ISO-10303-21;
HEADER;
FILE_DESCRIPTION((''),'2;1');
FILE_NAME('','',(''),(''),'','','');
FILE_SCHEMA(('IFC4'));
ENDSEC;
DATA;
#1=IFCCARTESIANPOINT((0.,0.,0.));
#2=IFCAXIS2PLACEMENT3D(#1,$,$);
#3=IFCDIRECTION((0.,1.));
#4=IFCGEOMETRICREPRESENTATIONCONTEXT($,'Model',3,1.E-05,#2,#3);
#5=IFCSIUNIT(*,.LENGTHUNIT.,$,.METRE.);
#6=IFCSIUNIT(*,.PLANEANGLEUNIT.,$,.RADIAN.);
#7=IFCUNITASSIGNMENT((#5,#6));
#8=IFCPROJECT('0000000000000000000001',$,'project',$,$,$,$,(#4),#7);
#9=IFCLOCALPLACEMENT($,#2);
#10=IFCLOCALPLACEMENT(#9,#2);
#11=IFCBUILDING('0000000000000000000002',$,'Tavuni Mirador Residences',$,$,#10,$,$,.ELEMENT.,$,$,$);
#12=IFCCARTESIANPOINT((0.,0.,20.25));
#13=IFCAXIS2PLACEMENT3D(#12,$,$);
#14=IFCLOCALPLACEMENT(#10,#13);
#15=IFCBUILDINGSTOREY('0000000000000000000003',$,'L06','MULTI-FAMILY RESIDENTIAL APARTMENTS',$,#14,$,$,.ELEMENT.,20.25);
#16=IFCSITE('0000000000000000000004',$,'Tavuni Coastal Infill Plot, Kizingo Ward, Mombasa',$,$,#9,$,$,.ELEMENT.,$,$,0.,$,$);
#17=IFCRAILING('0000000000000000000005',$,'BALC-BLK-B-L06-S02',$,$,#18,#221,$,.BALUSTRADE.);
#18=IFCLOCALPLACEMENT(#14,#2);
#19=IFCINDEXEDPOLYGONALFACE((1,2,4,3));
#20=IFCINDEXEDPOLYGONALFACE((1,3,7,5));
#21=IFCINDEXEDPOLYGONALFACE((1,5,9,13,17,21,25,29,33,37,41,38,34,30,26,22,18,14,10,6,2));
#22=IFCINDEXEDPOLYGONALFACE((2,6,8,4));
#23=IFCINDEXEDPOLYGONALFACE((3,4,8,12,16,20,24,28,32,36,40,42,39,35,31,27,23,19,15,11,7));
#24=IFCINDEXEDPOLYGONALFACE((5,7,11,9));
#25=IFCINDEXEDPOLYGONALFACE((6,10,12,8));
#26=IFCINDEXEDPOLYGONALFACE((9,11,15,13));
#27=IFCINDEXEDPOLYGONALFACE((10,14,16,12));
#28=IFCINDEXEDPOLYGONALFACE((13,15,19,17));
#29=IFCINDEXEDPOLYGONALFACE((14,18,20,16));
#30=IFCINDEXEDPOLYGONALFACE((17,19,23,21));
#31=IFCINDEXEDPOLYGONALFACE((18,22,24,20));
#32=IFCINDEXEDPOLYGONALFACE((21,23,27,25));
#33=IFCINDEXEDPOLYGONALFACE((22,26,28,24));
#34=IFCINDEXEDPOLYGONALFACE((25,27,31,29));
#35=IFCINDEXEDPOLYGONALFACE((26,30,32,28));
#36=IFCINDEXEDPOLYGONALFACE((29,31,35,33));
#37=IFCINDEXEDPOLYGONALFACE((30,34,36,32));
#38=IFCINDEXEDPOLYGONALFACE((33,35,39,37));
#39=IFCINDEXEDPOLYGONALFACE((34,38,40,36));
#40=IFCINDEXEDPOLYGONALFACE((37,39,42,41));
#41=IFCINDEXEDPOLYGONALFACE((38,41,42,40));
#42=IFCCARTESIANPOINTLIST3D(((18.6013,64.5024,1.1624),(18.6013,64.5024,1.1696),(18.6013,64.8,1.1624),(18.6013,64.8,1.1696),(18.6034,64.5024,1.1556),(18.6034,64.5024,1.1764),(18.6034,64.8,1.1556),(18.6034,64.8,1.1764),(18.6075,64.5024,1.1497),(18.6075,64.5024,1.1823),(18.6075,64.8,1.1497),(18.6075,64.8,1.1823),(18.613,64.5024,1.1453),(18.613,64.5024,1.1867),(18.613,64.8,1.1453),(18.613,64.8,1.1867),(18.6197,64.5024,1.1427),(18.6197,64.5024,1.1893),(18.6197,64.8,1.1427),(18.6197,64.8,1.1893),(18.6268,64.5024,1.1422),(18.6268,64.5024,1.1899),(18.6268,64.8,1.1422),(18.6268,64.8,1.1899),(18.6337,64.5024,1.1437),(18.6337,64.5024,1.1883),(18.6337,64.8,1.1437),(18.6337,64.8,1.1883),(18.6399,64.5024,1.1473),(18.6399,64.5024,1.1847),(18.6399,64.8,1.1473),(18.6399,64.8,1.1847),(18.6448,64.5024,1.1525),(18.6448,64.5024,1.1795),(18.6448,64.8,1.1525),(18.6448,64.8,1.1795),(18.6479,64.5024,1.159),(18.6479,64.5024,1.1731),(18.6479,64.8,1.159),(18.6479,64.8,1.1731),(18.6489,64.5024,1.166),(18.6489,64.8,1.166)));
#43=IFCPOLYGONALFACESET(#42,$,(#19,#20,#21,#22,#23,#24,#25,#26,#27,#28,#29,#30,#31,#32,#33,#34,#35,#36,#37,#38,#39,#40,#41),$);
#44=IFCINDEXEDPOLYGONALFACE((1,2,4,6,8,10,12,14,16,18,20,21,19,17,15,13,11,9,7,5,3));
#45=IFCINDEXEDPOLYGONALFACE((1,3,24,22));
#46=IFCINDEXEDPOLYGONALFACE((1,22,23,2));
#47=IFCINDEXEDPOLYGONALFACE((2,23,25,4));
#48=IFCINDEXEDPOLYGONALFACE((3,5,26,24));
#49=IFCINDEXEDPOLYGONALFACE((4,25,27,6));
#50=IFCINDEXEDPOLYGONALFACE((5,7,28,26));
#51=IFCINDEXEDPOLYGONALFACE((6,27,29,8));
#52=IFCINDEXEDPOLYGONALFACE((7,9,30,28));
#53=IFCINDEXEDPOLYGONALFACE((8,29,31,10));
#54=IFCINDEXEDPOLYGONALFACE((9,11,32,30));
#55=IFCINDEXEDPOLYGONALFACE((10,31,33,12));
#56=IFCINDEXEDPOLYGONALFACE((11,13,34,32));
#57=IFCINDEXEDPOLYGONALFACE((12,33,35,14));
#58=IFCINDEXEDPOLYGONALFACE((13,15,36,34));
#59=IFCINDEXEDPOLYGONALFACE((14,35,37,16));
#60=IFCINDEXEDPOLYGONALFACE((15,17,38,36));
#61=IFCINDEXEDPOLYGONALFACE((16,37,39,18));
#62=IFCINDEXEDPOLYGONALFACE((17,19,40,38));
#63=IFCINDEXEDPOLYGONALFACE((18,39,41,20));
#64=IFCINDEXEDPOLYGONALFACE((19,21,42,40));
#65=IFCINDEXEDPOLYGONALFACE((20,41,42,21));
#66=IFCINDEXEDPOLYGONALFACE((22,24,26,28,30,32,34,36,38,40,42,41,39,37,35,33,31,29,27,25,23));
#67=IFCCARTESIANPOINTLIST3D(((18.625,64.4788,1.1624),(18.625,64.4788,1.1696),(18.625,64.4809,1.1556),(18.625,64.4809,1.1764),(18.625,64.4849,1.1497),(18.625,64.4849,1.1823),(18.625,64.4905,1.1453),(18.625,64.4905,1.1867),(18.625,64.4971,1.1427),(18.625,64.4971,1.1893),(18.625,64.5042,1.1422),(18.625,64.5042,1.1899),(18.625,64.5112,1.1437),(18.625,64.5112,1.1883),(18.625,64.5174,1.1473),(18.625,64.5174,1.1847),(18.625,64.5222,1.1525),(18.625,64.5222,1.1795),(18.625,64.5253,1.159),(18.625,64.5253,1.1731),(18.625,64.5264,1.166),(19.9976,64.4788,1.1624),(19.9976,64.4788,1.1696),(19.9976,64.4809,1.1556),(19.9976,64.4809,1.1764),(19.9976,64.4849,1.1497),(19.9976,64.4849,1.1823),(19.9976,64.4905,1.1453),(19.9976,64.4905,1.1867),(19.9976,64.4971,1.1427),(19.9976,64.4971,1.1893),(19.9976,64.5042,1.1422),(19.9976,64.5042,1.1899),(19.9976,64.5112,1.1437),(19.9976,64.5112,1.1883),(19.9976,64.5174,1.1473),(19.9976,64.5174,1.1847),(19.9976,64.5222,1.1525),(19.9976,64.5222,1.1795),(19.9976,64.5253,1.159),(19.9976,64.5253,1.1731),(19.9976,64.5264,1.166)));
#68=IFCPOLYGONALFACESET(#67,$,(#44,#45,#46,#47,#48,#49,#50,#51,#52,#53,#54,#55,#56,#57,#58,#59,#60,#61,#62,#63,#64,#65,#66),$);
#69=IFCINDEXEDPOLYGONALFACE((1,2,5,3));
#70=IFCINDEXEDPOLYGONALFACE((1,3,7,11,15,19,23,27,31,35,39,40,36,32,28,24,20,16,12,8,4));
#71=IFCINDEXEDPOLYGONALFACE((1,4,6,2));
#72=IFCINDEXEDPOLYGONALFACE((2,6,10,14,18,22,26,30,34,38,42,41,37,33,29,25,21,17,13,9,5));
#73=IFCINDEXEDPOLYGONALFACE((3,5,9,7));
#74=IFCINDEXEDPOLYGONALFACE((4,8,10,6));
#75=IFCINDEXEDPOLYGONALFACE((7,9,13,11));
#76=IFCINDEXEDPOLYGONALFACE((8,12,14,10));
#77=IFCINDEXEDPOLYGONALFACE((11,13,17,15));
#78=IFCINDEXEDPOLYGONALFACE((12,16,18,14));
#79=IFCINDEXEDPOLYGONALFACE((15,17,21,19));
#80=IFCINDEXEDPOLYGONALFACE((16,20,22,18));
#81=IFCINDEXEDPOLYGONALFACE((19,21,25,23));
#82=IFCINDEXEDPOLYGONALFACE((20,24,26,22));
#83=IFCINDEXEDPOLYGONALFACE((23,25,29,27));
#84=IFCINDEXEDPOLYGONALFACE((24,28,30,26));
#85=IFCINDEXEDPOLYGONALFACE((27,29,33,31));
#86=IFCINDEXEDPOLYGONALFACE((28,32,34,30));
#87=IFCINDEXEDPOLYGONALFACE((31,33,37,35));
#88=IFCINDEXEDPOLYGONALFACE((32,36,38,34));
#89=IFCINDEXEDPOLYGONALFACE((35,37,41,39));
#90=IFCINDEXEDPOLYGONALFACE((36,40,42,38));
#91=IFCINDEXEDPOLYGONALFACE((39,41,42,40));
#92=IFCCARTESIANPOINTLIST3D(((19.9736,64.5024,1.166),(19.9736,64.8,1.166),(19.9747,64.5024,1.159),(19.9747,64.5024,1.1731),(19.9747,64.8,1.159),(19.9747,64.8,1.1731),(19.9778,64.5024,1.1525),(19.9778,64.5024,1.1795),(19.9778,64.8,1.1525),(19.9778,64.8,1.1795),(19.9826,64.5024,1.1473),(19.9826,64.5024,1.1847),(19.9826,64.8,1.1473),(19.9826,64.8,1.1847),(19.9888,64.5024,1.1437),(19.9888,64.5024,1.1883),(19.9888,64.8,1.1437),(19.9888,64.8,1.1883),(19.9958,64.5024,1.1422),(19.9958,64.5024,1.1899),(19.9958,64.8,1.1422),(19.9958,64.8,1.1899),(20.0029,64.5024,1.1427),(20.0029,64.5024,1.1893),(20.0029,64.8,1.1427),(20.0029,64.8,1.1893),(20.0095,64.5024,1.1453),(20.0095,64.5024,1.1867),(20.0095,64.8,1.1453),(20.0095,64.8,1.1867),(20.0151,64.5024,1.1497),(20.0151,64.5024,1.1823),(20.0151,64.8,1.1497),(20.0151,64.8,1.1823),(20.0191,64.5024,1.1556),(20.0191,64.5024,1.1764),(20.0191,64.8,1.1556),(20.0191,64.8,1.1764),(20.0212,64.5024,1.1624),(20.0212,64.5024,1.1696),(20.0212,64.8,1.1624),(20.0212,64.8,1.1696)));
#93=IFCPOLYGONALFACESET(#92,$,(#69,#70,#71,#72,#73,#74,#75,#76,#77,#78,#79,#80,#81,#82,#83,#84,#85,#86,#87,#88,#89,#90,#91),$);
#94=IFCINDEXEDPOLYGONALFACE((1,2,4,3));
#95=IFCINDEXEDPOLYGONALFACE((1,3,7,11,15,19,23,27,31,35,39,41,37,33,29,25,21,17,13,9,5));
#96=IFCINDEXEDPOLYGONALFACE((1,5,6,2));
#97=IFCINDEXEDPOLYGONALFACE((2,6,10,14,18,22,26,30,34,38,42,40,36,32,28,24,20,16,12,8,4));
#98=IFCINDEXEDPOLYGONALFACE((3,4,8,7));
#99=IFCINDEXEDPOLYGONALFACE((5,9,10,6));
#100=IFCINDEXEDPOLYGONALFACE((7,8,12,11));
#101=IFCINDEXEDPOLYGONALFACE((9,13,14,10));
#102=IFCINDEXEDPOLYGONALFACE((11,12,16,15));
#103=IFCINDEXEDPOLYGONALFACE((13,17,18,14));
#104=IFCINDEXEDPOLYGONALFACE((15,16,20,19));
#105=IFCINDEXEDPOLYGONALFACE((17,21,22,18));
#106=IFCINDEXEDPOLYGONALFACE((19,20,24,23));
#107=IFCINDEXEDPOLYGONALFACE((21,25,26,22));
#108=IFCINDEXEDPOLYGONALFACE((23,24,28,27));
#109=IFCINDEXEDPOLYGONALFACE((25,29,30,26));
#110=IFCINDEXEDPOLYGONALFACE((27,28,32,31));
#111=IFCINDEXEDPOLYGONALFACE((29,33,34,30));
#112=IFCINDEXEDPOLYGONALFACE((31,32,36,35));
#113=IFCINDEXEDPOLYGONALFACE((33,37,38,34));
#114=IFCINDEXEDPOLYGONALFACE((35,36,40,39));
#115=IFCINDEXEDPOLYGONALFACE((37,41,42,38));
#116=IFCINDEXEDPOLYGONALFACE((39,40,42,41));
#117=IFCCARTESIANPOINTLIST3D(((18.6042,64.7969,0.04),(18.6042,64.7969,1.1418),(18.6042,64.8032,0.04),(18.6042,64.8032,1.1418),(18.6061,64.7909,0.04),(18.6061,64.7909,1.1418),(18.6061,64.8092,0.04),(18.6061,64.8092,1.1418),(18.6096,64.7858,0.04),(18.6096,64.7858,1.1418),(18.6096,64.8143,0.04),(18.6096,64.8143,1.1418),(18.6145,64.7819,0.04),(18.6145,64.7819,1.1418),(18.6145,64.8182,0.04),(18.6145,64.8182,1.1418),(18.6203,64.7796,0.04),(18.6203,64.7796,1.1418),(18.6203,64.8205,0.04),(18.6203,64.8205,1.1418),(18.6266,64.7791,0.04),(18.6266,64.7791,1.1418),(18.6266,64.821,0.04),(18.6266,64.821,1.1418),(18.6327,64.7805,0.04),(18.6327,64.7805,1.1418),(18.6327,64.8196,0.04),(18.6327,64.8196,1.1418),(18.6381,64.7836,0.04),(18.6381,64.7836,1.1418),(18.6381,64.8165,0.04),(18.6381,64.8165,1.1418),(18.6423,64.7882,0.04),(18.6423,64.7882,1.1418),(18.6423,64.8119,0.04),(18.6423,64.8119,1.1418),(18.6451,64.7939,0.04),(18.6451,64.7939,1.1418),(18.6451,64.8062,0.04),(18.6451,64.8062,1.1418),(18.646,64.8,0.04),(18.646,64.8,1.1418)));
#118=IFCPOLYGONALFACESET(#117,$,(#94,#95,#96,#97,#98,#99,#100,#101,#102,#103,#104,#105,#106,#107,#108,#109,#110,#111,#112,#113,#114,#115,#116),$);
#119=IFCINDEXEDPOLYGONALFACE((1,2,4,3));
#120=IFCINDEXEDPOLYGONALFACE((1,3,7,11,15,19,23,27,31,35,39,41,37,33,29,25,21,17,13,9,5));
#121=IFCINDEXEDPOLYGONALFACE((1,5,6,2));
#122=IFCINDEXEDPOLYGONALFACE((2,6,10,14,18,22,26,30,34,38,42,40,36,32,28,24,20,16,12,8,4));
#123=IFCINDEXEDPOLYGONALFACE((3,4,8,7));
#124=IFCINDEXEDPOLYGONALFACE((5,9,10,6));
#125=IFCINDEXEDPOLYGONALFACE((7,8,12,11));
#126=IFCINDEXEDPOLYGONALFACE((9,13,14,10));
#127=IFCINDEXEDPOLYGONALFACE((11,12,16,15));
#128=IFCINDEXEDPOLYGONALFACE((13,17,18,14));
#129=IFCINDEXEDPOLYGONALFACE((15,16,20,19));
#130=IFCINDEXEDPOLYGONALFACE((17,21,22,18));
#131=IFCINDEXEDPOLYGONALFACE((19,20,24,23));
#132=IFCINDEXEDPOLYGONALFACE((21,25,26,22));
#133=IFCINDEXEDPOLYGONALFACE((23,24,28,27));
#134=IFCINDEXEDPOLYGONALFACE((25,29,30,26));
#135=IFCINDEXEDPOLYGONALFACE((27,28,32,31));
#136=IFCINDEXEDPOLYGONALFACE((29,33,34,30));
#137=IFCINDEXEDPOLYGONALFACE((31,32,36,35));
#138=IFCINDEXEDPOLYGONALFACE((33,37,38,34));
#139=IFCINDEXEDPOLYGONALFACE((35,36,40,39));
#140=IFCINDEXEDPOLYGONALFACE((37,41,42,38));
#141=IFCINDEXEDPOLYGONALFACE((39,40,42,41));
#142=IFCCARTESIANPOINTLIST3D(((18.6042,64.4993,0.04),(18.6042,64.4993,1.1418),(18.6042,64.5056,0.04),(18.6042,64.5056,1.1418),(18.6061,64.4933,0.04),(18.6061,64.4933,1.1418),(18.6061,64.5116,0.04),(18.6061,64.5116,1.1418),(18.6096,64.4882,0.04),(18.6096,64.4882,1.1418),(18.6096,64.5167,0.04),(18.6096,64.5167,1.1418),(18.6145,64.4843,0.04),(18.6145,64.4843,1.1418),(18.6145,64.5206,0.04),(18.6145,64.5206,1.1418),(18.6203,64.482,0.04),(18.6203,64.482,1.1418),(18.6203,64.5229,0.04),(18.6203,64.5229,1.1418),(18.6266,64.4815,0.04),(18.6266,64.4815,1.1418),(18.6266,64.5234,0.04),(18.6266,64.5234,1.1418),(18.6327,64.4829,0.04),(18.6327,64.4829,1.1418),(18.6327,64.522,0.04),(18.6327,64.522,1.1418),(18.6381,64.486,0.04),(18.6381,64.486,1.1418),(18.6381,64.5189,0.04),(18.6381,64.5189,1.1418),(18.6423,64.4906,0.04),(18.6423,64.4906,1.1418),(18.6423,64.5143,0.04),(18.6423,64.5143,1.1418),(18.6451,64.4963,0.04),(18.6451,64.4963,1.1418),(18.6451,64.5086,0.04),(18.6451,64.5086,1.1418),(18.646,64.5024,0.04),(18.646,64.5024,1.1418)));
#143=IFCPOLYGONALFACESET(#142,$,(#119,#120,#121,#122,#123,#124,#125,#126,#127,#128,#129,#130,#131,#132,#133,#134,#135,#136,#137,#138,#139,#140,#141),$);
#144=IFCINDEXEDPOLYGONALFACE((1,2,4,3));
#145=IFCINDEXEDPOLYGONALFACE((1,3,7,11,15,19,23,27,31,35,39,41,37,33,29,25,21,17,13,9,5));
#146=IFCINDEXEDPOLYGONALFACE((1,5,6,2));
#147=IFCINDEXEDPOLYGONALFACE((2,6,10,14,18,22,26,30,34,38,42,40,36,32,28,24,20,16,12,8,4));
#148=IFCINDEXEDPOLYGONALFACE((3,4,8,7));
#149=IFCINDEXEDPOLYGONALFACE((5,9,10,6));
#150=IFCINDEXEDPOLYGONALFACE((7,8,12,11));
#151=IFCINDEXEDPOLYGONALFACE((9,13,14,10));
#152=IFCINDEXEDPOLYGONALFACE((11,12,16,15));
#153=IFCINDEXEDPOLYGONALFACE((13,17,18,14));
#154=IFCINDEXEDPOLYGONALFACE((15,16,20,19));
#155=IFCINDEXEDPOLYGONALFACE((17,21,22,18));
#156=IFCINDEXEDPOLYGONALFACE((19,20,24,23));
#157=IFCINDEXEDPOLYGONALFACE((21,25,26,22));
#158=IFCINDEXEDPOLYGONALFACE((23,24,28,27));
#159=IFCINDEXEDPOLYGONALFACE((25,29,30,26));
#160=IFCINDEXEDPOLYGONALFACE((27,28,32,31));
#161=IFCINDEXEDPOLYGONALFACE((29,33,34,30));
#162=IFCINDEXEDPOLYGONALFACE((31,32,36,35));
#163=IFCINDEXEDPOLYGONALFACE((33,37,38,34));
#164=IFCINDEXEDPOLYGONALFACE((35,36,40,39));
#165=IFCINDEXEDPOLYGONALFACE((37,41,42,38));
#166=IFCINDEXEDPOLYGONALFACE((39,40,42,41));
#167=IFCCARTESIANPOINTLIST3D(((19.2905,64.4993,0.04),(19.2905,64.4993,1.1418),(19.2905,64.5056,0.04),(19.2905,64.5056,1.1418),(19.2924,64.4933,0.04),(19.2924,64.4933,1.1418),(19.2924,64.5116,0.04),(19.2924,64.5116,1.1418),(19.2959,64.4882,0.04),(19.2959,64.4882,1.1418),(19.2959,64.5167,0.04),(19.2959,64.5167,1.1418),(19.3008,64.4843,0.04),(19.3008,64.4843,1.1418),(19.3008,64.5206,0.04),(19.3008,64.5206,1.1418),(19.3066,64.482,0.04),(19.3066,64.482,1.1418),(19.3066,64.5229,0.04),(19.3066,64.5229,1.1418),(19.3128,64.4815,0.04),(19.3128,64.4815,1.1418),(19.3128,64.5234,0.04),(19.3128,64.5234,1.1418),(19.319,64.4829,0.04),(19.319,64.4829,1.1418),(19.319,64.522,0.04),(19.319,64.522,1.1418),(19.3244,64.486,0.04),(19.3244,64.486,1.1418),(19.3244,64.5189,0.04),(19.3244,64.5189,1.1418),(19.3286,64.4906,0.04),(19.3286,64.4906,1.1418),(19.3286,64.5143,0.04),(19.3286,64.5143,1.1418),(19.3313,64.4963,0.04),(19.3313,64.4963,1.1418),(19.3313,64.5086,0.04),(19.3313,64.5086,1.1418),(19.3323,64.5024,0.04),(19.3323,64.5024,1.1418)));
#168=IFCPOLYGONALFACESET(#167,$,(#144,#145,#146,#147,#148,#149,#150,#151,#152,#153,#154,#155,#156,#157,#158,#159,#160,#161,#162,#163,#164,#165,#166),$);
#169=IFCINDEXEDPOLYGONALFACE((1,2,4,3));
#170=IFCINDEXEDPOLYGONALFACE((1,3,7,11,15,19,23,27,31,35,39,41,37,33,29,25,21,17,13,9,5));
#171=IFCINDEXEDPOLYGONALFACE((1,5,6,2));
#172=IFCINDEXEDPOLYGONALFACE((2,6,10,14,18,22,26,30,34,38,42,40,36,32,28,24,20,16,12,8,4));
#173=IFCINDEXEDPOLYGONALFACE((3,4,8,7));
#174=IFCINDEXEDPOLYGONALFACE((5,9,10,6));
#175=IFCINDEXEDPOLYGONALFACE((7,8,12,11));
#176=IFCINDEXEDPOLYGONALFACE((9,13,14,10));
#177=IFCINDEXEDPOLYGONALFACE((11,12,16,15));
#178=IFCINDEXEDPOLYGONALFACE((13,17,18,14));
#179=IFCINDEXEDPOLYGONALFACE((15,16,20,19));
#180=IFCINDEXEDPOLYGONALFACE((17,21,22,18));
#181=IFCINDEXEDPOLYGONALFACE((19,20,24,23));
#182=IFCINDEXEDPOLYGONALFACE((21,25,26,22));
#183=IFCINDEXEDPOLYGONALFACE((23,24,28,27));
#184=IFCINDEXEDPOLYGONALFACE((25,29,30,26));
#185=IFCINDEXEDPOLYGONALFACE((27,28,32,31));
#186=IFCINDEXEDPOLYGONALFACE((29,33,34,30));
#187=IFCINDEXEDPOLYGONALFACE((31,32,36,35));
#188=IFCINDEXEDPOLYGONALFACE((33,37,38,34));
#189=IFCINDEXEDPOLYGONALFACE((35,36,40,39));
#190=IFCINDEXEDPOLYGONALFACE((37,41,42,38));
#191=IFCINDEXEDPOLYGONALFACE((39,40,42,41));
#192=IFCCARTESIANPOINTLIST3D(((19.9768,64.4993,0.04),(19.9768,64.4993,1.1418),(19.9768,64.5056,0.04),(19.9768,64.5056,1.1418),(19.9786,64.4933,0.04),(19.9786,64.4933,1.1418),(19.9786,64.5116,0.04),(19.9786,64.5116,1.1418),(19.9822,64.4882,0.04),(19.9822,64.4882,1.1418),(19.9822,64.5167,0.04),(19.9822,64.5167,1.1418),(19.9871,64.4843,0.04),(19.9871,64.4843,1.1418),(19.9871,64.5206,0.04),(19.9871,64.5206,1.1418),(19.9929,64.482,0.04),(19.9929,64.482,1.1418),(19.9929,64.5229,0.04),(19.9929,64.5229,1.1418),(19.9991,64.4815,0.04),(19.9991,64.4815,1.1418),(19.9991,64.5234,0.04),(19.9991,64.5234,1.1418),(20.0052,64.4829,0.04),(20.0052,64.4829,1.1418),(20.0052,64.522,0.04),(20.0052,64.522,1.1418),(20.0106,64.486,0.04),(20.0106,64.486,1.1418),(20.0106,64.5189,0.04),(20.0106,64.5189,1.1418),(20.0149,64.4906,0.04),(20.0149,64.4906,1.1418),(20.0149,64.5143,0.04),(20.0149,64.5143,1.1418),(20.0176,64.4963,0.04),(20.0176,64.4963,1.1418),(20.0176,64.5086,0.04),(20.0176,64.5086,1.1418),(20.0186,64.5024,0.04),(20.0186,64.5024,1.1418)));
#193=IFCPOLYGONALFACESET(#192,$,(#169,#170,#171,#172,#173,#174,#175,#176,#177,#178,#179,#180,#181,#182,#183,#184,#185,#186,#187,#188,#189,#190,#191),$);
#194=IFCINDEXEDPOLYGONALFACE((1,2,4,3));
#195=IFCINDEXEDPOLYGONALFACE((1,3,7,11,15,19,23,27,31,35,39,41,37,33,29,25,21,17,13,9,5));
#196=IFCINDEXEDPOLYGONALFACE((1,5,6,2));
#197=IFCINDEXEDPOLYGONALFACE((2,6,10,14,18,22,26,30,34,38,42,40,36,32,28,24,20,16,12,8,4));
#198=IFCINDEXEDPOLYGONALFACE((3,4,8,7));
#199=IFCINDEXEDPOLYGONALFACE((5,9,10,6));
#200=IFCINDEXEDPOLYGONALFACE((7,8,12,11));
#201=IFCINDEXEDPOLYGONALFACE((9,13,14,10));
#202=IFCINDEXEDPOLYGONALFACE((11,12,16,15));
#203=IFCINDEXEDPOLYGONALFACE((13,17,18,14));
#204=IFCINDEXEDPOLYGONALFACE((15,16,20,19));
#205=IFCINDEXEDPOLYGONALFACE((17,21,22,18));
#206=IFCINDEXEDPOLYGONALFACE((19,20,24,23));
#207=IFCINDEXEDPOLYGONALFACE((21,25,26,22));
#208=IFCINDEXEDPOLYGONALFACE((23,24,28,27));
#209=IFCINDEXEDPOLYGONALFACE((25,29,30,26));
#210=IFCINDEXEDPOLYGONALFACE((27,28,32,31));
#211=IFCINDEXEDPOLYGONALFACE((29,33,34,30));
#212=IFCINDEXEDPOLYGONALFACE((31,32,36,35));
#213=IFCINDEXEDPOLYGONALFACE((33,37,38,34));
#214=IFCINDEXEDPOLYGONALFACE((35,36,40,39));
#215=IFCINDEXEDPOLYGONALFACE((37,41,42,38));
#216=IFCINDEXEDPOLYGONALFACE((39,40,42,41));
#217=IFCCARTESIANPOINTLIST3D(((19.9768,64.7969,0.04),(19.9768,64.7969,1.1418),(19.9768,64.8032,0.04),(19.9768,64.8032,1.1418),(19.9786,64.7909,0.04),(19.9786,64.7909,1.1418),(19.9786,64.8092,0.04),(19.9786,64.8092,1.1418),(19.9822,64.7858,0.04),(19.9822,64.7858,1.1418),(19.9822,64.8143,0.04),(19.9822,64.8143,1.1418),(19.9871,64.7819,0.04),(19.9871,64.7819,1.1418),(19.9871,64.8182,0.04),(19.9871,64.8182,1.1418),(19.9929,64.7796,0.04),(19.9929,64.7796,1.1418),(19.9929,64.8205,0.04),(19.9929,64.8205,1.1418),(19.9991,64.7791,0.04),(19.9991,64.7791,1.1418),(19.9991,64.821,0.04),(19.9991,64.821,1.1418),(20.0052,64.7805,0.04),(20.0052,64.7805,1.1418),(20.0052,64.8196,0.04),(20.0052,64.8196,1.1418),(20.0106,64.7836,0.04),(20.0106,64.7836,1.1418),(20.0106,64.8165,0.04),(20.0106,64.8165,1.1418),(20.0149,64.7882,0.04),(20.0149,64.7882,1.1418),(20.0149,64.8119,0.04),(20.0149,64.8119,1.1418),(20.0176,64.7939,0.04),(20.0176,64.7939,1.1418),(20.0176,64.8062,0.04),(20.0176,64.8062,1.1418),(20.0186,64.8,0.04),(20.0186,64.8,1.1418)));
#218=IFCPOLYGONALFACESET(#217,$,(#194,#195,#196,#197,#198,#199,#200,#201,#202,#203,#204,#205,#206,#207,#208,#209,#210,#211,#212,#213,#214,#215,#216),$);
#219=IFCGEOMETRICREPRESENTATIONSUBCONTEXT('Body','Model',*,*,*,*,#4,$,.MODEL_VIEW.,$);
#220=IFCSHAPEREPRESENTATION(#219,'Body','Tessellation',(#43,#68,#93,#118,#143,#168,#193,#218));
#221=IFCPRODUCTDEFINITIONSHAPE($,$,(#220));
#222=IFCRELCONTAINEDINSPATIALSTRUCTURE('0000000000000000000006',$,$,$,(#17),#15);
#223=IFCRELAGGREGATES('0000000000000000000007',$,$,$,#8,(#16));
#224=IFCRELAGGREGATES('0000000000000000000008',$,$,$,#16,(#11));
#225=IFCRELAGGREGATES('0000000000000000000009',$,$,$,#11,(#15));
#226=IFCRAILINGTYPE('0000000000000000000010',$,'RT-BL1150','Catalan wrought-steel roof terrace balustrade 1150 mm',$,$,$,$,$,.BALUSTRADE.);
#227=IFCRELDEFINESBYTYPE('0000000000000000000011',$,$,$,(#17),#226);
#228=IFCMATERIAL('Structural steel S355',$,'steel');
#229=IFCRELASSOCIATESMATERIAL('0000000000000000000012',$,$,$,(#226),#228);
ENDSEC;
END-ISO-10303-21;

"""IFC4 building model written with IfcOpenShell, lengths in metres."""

from ifc_helpers import new_model, si_unit, direction, frame, origin, origin_2d, place, context, subcontext, project, spatial, circle, extrude, material, type_object, element, save


model = new_model("IFC4")

# Units and contexts
model_context = context("Model", 3, precision=1e-05, world=origin(), true_north=direction((0.0, 1.0)))
body_context = subcontext(model_context, "Body", "Model", "MODEL_VIEW")
ifc_project = project(units=[si_unit("LENGTHUNIT", "METRE"), si_unit("PLANEANGLEUNIT", "RADIAN")], contexts=[model_context])

# Site, building, storey
site_placement = place(None, origin())
site = spatial("IfcSite", under=ifc_project, at=site_placement, Name="Tavuni Coastal Infill Plot, Kizingo Ward, Mombasa", CompositionType="ELEMENT", RefElevation=0.0)
building_placement = place(site_placement, origin())
building = spatial("IfcBuilding", under=site, at=building_placement, Name="Tavuni Mirador Residences", CompositionType="ELEMENT")
storey_placement = place(building_placement, frame((0.0, 0.0, 20.25)))
storey = spatial("IfcBuildingStorey", under=building, at=storey_placement, Name="L06", Description="MULTI-FAMILY RESIDENTIAL APARTMENTS", CompositionType="ELEMENT", Elevation=20.25)

# Shared definitions
ifc_material_1 = material(Name="Structural steel S355", Category="steel")

# Railing
railing_type = type_object("IfcRailingType", Name="RT-BL1150", Description="Catalan wrought-steel roof terrace balustrade 1150 mm", PredefinedType="BALUSTRADE", material=ifc_material_1)
railing_placement = place(storey_placement, frame((18.625, 64.8, 0.04)))
element("IfcRailing", 1, at=railing_placement, inside=storey, type_object=railing_type, Name="BALC-BLK-B-L06-S02", PredefinedType="BALUSTRADE", context=body_context, shape_type="SweptSolid", body=[
    extrude(circle(Radius=0.0239, at=origin_2d()), frame((0.0, 0.0, 1.126), z_axis=(0.0, -1.0, 0.0), x_axis=(1.0, 0.0, 0.0)), (0.0, 0.0, 1.0), 0.2976),
    extrude(circle(Radius=0.0239, at=origin_2d()), frame((0.0, -0.2976, 1.126), z_axis=(1.0, 0.0, 0.0), x_axis=(0.0, 1.0, 0.0)), (0.0, 0.0, 1.0), 1.3726),
    extrude(circle(Radius=0.0239, at=origin_2d()), frame((1.3726, -0.2976, 1.126), z_axis=(0.0, 1.0, 0.0), x_axis=(-1.0, 0.0, 0.0)), (0.0, 0.0, 1.0), 0.2976),
    extrude(circle(Radius=0.021, at=origin_2d()), origin(), (0.0, 0.0, 1.0), 1.1018),
    extrude(circle(Radius=0.021, at=origin_2d()), frame((0.0, -0.2976, 0.0)), (0.0, 0.0, 1.0), 1.1018),
    extrude(circle(Radius=0.021, at=origin_2d()), frame((0.6863, -0.2976, 0.0)), (0.0, 0.0, 1.0), 1.1018),
    extrude(circle(Radius=0.021, at=origin_2d()), frame((1.3726, -0.2976, 0.0)), (0.0, 0.0, 1.0), 1.1018),
    extrude(circle(Radius=0.021, at=origin_2d()), frame((1.3726, 0.0, 0.0)), (0.0, 0.0, 1.0), 1.1018),
])

save(model, "model.ifc")
